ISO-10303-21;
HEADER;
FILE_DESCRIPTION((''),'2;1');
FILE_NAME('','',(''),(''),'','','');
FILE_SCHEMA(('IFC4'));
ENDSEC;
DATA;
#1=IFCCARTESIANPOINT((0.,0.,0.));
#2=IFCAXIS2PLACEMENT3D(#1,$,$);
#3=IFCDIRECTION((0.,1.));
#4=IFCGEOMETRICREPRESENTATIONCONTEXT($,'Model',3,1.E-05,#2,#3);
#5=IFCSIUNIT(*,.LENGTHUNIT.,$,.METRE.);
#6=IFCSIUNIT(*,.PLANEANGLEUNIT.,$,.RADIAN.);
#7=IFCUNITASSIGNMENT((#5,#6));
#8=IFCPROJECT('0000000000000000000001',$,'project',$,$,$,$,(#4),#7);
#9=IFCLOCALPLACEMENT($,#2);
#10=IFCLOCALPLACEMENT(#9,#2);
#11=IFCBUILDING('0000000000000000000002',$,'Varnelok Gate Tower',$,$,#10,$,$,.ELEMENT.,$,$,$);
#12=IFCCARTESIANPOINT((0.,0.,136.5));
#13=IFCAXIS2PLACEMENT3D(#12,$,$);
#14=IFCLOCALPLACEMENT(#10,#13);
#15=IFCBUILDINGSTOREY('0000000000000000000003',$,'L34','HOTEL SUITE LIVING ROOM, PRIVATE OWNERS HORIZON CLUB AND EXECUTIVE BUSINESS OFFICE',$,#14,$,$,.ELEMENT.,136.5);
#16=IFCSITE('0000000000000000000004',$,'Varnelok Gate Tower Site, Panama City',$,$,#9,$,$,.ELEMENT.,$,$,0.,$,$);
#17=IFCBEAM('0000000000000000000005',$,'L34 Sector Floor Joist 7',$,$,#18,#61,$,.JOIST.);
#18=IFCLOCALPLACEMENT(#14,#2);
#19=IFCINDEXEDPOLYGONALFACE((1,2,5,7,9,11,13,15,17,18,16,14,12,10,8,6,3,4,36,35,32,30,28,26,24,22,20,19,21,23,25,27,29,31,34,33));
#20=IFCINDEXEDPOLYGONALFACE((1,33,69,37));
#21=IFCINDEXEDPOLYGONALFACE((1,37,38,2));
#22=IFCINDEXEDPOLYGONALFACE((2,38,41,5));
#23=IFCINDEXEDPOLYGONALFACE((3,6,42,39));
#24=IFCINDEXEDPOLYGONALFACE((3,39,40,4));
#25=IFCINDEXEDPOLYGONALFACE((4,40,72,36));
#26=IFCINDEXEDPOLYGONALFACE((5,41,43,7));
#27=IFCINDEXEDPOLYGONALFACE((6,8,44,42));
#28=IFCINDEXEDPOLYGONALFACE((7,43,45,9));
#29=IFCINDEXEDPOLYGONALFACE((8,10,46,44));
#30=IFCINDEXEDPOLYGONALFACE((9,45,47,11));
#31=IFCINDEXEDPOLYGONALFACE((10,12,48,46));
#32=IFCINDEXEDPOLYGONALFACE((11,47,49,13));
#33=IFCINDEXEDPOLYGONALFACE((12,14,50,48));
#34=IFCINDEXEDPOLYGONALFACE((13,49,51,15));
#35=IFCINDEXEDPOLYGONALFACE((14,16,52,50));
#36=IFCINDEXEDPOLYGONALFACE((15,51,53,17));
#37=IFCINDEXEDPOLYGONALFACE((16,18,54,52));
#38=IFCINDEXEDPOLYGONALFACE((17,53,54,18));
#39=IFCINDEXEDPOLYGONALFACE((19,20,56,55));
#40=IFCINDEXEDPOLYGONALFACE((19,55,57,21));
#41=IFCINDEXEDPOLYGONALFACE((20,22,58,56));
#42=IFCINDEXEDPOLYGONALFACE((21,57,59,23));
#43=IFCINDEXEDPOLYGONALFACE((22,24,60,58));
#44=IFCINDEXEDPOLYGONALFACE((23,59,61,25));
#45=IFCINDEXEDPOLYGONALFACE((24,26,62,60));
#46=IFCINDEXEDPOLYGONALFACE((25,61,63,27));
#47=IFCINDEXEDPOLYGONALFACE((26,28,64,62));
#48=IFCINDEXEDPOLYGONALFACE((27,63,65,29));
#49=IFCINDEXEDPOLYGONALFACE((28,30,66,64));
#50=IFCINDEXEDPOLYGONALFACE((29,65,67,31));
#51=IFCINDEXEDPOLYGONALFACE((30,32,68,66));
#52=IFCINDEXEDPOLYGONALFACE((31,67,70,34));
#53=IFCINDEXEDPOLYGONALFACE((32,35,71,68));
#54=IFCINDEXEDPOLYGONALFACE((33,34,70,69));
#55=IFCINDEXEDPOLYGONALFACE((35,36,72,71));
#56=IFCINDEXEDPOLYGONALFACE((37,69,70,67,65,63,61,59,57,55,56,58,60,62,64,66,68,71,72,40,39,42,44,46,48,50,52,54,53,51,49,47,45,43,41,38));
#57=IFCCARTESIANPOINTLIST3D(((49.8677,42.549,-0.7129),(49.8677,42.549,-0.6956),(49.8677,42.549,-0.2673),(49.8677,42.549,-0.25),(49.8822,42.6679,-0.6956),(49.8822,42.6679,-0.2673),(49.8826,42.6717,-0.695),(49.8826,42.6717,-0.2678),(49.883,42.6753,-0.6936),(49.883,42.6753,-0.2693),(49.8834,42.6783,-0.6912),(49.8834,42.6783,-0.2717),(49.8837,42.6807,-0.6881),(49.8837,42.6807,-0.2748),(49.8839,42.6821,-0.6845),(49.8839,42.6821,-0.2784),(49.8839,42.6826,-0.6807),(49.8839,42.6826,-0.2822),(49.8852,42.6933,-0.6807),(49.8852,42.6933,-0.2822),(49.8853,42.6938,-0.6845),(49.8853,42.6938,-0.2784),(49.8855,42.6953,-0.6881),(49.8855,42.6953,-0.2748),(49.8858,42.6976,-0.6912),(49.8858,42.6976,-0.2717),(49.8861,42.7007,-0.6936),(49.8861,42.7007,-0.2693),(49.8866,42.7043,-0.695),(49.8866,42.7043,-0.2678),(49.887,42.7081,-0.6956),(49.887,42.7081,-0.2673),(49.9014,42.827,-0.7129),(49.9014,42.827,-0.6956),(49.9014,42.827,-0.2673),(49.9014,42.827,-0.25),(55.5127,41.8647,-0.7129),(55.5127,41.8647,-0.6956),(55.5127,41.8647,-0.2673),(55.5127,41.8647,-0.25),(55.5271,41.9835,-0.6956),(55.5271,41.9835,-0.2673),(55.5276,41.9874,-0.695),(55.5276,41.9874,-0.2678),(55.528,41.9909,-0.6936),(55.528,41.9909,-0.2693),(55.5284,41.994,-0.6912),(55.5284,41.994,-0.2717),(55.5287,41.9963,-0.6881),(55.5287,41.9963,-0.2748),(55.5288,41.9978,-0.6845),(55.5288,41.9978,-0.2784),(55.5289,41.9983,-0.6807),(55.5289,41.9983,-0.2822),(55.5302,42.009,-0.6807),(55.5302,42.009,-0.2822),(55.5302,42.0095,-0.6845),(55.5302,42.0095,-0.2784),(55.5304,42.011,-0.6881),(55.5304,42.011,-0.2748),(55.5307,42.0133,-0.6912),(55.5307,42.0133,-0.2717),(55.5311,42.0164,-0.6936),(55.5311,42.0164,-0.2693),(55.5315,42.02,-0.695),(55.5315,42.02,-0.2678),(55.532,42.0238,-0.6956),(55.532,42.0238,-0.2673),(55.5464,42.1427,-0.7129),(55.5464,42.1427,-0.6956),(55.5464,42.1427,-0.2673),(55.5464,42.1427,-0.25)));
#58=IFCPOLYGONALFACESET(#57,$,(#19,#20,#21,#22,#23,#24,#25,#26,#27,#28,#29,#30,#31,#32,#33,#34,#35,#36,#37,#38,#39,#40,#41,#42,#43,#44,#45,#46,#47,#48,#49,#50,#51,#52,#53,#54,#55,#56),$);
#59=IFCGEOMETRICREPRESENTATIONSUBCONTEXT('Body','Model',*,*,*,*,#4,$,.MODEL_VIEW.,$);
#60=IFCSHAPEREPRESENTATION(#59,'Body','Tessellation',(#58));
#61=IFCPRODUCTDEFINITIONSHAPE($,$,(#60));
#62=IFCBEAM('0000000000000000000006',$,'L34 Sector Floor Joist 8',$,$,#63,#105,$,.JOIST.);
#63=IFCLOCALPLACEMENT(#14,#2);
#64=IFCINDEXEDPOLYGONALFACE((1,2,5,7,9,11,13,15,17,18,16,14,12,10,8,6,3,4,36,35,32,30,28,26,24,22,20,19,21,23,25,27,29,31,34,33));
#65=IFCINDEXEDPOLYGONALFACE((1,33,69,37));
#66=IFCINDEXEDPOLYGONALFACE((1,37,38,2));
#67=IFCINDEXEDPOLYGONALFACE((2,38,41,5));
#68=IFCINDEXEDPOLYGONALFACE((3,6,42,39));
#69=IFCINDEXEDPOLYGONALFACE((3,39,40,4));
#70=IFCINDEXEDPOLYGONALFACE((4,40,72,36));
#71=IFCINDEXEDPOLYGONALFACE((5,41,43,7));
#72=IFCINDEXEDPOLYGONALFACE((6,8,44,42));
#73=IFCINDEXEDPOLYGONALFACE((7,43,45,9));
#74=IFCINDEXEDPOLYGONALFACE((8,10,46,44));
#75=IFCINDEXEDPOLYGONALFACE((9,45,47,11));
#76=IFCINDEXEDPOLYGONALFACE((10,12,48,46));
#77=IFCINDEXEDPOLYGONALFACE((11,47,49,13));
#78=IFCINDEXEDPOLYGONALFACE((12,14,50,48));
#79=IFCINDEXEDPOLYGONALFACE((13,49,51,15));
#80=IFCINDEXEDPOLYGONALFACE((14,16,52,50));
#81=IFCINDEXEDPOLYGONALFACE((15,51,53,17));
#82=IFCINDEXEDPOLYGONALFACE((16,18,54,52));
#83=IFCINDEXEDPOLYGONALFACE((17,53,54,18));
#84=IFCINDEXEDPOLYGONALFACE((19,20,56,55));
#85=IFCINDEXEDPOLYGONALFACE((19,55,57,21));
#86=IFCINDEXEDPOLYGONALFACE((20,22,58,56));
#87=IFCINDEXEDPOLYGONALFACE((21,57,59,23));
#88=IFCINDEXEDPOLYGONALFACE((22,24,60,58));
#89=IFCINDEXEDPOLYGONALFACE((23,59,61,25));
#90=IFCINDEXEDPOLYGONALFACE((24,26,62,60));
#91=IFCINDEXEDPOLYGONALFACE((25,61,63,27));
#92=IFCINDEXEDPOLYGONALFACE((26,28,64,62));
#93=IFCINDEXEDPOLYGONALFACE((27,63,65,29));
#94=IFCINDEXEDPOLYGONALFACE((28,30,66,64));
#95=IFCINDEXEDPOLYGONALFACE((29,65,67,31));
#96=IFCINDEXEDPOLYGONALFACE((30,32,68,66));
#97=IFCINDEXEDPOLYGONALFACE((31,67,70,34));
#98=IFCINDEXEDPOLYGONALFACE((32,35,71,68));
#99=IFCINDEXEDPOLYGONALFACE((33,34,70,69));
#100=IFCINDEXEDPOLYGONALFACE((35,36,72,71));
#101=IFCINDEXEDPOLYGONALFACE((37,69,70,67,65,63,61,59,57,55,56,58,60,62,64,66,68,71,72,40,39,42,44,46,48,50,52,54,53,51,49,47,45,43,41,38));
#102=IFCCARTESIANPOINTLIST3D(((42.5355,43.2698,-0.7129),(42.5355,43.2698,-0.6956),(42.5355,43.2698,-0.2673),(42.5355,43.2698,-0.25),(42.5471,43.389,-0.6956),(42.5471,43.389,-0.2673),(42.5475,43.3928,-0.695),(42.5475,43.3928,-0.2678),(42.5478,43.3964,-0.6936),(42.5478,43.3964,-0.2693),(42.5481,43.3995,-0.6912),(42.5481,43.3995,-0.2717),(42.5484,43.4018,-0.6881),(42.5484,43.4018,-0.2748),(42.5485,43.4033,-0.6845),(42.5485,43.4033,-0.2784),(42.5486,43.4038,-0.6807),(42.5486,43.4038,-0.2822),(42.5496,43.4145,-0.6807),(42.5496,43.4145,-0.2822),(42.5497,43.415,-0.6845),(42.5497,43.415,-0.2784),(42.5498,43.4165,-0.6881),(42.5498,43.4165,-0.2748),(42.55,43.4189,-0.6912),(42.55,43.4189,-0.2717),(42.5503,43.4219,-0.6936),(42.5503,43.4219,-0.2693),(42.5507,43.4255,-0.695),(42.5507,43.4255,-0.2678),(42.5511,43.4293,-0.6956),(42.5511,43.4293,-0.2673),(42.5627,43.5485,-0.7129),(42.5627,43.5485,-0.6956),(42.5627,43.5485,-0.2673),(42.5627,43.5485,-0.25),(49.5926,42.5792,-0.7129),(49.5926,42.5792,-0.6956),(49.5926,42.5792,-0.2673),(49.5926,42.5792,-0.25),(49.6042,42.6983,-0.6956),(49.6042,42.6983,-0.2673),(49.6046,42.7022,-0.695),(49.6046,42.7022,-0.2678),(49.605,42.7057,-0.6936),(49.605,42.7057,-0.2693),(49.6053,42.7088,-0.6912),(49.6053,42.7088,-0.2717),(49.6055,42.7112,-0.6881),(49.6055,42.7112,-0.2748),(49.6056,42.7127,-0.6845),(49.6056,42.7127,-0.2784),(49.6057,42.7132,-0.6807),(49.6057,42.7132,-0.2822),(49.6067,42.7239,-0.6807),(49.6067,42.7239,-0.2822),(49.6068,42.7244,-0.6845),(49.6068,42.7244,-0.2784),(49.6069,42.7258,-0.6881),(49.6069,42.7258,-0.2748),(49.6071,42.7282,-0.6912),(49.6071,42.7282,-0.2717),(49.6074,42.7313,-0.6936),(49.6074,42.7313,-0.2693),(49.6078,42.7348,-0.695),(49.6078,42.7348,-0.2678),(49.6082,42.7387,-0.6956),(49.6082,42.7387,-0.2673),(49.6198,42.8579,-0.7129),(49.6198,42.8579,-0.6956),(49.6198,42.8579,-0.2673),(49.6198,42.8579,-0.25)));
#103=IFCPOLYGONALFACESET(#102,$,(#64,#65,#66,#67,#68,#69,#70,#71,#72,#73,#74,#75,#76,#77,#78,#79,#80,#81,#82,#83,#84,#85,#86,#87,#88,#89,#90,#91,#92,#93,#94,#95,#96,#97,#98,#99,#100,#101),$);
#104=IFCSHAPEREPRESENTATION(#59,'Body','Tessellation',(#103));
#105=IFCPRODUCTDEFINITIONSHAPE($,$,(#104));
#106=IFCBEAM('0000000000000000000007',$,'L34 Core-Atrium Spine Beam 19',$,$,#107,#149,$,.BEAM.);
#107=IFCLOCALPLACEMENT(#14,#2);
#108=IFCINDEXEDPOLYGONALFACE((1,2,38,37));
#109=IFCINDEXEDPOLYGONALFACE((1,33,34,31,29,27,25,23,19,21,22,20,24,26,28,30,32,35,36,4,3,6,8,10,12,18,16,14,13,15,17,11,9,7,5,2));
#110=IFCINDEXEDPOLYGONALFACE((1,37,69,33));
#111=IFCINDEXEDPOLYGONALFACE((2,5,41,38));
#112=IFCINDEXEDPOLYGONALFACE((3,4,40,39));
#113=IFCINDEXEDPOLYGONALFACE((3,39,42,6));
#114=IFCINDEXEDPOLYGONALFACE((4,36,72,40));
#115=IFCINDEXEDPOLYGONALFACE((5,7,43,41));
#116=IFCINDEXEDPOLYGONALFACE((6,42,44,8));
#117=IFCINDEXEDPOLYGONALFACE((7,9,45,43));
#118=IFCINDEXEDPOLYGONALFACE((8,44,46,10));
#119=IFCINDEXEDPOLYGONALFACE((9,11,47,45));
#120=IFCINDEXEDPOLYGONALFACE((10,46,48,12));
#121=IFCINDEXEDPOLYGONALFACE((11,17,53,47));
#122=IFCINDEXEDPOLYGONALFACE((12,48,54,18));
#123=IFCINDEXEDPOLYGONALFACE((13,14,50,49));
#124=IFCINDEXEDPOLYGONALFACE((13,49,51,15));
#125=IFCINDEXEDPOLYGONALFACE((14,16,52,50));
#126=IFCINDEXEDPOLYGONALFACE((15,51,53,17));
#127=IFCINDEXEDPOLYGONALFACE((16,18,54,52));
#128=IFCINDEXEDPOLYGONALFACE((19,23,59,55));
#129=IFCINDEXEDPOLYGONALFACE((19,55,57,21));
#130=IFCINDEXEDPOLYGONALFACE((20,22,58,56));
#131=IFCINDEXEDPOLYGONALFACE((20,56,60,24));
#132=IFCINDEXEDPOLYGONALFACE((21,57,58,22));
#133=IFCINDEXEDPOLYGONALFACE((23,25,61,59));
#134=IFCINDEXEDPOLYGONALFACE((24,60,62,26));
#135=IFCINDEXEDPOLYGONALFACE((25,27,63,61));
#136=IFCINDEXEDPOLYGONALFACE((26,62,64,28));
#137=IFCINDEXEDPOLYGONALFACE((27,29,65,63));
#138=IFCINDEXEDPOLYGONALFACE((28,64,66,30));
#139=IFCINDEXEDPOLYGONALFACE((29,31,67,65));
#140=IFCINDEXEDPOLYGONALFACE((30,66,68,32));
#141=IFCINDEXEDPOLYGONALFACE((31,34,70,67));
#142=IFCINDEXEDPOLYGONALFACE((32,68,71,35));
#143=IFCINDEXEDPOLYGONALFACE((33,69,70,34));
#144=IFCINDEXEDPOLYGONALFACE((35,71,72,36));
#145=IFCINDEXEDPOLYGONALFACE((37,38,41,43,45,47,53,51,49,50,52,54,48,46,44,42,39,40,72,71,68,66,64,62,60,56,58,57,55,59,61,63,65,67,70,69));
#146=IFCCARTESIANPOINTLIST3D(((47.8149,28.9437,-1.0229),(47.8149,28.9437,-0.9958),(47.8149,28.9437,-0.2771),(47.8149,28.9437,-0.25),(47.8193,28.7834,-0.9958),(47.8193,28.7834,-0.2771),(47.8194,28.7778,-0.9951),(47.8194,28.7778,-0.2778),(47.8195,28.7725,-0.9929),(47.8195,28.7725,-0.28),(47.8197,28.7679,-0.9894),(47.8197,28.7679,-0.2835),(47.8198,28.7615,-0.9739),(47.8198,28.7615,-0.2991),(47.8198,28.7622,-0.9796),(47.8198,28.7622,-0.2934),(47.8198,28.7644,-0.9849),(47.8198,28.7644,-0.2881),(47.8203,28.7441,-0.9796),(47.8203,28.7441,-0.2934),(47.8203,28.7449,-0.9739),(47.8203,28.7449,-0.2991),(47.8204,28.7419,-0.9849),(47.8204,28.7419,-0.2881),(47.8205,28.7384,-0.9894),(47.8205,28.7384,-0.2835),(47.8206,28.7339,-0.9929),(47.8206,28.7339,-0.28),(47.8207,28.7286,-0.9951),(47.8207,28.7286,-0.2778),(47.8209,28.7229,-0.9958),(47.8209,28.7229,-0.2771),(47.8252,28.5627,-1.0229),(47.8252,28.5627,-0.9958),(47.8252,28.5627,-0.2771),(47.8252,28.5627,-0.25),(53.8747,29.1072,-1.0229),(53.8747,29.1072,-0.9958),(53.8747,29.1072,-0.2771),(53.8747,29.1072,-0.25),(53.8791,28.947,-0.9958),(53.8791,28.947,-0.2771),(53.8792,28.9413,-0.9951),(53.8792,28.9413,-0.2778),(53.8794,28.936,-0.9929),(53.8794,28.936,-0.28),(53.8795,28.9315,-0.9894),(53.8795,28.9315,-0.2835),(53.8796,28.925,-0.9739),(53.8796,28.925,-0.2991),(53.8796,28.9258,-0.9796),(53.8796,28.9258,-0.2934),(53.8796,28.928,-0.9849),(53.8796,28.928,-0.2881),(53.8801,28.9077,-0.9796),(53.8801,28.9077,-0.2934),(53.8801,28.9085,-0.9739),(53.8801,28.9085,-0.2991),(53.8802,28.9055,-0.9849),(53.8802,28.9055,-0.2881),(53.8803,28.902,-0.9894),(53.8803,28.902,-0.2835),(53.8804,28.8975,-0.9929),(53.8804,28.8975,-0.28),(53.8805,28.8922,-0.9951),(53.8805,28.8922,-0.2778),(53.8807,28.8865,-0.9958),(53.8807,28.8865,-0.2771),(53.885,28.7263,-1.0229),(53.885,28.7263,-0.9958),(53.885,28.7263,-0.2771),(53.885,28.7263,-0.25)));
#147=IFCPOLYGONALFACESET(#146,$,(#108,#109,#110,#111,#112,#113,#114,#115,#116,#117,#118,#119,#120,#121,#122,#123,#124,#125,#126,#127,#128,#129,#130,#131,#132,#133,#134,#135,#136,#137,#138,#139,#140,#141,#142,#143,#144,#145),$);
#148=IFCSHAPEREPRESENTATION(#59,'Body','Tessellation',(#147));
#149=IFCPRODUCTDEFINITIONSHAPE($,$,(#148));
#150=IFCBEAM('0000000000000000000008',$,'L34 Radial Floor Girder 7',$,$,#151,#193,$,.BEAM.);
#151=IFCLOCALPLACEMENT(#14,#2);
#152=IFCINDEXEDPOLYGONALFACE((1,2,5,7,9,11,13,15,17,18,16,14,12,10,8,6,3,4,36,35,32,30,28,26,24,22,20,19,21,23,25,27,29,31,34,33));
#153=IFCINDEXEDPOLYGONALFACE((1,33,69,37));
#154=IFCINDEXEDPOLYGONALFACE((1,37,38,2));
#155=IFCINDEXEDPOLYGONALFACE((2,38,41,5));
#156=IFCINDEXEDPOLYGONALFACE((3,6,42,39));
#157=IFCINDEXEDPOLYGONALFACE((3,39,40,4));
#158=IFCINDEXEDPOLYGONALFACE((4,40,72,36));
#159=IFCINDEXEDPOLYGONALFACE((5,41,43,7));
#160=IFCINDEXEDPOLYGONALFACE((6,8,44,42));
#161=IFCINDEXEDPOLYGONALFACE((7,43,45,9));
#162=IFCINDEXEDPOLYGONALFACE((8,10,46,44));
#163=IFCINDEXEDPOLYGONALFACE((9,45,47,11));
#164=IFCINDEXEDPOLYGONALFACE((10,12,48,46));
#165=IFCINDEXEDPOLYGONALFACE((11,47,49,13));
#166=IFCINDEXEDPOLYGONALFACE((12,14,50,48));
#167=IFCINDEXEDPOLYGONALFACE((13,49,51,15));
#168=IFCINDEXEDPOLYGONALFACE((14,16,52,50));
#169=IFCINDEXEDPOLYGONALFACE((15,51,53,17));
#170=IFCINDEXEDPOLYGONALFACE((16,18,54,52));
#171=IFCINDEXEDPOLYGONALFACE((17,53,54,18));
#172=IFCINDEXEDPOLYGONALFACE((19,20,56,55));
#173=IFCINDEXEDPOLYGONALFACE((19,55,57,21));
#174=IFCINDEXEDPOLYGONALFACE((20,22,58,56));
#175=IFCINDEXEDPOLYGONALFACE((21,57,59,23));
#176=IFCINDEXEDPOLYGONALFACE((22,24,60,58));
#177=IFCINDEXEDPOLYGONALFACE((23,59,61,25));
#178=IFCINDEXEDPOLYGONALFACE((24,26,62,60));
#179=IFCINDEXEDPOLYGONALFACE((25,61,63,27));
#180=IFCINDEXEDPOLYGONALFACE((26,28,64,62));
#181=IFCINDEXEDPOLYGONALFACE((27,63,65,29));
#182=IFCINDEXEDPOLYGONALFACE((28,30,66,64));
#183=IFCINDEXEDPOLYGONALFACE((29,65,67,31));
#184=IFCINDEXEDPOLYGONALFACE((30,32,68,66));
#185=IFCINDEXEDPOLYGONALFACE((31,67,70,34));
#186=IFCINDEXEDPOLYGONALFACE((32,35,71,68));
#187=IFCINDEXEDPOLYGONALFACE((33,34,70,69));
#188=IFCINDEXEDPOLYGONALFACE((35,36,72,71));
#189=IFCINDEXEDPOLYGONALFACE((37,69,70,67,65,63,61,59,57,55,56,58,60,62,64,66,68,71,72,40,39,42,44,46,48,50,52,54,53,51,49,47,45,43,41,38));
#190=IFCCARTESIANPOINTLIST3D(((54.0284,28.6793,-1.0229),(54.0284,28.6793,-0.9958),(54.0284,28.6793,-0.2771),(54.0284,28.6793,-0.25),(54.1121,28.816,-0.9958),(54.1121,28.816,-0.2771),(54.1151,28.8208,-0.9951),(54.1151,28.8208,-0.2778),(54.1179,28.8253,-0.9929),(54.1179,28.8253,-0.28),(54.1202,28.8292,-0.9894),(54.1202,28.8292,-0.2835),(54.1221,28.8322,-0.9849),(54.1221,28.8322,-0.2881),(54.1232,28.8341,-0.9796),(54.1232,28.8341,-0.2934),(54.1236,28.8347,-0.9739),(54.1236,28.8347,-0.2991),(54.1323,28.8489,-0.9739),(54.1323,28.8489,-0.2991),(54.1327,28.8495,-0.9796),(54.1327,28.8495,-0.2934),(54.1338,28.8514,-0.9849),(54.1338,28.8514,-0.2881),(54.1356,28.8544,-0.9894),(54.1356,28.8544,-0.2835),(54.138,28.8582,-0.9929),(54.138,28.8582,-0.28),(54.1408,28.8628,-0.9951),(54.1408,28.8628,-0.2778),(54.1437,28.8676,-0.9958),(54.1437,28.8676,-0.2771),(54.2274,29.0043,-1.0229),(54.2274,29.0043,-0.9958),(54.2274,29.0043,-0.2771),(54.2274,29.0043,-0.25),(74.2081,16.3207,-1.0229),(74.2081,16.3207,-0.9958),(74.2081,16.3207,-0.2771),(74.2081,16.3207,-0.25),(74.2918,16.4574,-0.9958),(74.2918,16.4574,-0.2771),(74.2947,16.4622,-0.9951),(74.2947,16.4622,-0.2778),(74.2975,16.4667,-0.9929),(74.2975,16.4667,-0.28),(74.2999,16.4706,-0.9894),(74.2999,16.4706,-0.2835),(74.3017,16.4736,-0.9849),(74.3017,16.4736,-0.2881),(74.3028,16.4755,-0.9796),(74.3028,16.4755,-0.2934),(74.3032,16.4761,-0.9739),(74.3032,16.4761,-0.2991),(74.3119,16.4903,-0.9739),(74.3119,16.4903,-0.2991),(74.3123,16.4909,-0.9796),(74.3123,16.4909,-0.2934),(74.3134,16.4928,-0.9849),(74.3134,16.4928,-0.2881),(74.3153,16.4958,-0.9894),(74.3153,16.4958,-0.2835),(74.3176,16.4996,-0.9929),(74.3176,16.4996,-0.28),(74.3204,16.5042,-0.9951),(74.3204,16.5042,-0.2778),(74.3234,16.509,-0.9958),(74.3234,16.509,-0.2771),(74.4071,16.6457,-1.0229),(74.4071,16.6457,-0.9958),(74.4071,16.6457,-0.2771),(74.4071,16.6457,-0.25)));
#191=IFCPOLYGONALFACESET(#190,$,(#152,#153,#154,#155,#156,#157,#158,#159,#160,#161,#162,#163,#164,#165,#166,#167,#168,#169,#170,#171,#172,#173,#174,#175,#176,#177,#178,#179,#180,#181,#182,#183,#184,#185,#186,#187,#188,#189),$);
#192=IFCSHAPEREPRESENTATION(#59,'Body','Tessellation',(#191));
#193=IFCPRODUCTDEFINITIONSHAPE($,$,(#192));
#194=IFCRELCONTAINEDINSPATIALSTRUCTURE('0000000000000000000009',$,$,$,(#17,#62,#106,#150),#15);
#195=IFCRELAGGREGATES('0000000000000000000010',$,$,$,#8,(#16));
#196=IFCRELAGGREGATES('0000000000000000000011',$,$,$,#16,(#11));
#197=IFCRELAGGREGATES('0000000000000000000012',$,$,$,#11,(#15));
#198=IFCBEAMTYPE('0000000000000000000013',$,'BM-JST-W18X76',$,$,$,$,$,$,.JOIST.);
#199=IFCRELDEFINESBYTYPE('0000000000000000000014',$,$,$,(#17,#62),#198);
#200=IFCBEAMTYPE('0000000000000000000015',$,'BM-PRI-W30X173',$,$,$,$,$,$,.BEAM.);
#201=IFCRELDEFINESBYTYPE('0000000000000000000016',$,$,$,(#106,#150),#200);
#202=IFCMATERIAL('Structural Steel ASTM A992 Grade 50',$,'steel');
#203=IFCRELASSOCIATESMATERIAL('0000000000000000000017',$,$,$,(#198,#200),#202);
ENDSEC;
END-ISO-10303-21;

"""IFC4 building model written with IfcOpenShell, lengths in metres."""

from ifc_helpers import new_model, si_unit, direction, frame, origin, origin_2d, place, context, subcontext, project, spatial, i_section, extrude, material, material_profile, profile_set, type_object, element, save


model = new_model("IFC4")

# Units and contexts
model_context = context("Model", 3, precision=1e-05, world=origin(), true_north=direction((0.0, 1.0)))
body_context = subcontext(model_context, "Body", "Model", "MODEL_VIEW")
ifc_project = project(units=[si_unit("LENGTHUNIT", "METRE"), si_unit("PLANEANGLEUNIT", "RADIAN")], contexts=[model_context])

# Site, building, storey
site_placement = place(None, origin())
site = spatial("IfcSite", under=ifc_project, at=site_placement, Name="Varnelok Gate Tower Site, Panama City", CompositionType="ELEMENT", RefElevation=0.0)
building_placement = place(site_placement, origin())
building = spatial("IfcBuilding", under=site, at=building_placement, Name="Varnelok Gate Tower", CompositionType="ELEMENT")
storey_placement = place(building_placement, frame((0.0, 0.0, 136.5)))
storey = spatial("IfcBuildingStorey", under=building, at=storey_placement, Name="L34", Description="HOTEL SUITE LIVING ROOM, PRIVATE OWNERS HORIZON CLUB AND EXECUTIVE BUSINESS OFFICE", CompositionType="ELEMENT", Elevation=136.5)

# Shared definitions
ifc_material_1 = material(Name="Structural Steel ASTM A992 Grade 50", Category="steel")

# Beams
ifc_material_profile_1 = material_profile(ifc_material_1, i_section(OverallWidth=0.28, OverallDepth=0.4629, WebThickness=0.0107, FlangeThickness=0.0173, FilletRadius=0.0149, at=origin_2d()), Name="W18X76")
ifc_profile_set_1 = profile_set([ifc_material_profile_1], Name="Structural Steel ASTM A992 Grade 50")
beam_type_1 = type_object("IfcBeamType", Name="BM-JST-W18X76", PredefinedType="JOIST", material=ifc_profile_set_1)
beam_1_placement = place(storey_placement, frame((55.5295, 42.0037, -0.4814), z_axis=(-0.992732, 0.120345, 0.0), x_axis=(-0.120345, -0.992732, 0.0)))
element("IfcBeam", 1, at=beam_1_placement, inside=storey, type_object=beam_type_1, Name="L34 Sector Floor Joist 7", PredefinedType="JOIST", context=body_context, shape_type="SweptSolid", body=[
    extrude(i_section(OverallWidth=0.28, OverallDepth=0.4629, WebThickness=0.0107, FlangeThickness=0.0173, FilletRadius=0.0149, at=origin_2d()), origin(), (0.0, 0.0, 1.0), 5.6863),
])
beam_2_placement = place(storey_placement, frame((49.6062, 42.7185, -0.4814), z_axis=(-0.995245, 0.097404, 0.0), x_axis=(-0.097404, -0.995245, 0.0)))
element("IfcBeam", 2, at=beam_2_placement, inside=storey, type_object=beam_type_1, Name="L34 Sector Floor Joist 8", PredefinedType="JOIST", context=body_context, shape_type="SweptSolid", body=[
    extrude(i_section(OverallWidth=0.28, OverallDepth=0.4629, WebThickness=0.0107, FlangeThickness=0.0173, FilletRadius=0.0149, at=origin_2d()), origin(), (0.0, 0.0, 1.0), 7.0908),
])
ifc_material_profile_2 = material_profile(ifc_material_1, i_section(OverallWidth=0.3811, OverallDepth=0.7729, WebThickness=0.0166, FlangeThickness=0.0271, FilletRadius=0.022, at=origin_2d()), Name="W30X173")
ifc_profile_set_2 = profile_set([ifc_material_profile_2], Name="Structural Steel ASTM A992 Grade 50")
beam_type_2 = type_object("IfcBeamType", Name="BM-PRI-W30X173", PredefinedType="BEAM", material=ifc_profile_set_2)
beam_3_placement = place(storey_placement, frame((47.8201, 28.7532, -0.6365), z_axis=(0.999636, 0.026983, 0.0), x_axis=(-0.026983, 0.999636, 0.0)))
element("IfcBeam", 3, at=beam_3_placement, inside=storey, type_object=beam_type_2, Name="L34 Core-Atrium Spine Beam 19", PredefinedType="BEAM", context=body_context, shape_type="SweptSolid", body=[
    extrude(i_section(OverallWidth=0.3811, OverallDepth=0.7729, WebThickness=0.0166, FlangeThickness=0.0271, FilletRadius=0.022, at=origin_2d()), origin(), (0.0, 0.0, 1.0), 6.062),
])
beam_4_placement = place(storey_placement, frame((54.1279, 28.8418, -0.6365), z_axis=(0.852781, -0.522269, 0.0), x_axis=(0.522269, 0.852781, 0.0)))
element("IfcBeam", 4, at=beam_4_placement, inside=storey, type_object=beam_type_2, Name="L34 Radial Floor Girder 7", PredefinedType="BEAM", context=body_context, shape_type="SweptSolid", body=[
    extrude(i_section(OverallWidth=0.3811, OverallDepth=0.7729, WebThickness=0.0166, FlangeThickness=0.0271, FilletRadius=0.022, at=origin_2d()), origin(), (0.0, 0.0, 1.0), 23.6633),
])

save(model, "model.ifc")
